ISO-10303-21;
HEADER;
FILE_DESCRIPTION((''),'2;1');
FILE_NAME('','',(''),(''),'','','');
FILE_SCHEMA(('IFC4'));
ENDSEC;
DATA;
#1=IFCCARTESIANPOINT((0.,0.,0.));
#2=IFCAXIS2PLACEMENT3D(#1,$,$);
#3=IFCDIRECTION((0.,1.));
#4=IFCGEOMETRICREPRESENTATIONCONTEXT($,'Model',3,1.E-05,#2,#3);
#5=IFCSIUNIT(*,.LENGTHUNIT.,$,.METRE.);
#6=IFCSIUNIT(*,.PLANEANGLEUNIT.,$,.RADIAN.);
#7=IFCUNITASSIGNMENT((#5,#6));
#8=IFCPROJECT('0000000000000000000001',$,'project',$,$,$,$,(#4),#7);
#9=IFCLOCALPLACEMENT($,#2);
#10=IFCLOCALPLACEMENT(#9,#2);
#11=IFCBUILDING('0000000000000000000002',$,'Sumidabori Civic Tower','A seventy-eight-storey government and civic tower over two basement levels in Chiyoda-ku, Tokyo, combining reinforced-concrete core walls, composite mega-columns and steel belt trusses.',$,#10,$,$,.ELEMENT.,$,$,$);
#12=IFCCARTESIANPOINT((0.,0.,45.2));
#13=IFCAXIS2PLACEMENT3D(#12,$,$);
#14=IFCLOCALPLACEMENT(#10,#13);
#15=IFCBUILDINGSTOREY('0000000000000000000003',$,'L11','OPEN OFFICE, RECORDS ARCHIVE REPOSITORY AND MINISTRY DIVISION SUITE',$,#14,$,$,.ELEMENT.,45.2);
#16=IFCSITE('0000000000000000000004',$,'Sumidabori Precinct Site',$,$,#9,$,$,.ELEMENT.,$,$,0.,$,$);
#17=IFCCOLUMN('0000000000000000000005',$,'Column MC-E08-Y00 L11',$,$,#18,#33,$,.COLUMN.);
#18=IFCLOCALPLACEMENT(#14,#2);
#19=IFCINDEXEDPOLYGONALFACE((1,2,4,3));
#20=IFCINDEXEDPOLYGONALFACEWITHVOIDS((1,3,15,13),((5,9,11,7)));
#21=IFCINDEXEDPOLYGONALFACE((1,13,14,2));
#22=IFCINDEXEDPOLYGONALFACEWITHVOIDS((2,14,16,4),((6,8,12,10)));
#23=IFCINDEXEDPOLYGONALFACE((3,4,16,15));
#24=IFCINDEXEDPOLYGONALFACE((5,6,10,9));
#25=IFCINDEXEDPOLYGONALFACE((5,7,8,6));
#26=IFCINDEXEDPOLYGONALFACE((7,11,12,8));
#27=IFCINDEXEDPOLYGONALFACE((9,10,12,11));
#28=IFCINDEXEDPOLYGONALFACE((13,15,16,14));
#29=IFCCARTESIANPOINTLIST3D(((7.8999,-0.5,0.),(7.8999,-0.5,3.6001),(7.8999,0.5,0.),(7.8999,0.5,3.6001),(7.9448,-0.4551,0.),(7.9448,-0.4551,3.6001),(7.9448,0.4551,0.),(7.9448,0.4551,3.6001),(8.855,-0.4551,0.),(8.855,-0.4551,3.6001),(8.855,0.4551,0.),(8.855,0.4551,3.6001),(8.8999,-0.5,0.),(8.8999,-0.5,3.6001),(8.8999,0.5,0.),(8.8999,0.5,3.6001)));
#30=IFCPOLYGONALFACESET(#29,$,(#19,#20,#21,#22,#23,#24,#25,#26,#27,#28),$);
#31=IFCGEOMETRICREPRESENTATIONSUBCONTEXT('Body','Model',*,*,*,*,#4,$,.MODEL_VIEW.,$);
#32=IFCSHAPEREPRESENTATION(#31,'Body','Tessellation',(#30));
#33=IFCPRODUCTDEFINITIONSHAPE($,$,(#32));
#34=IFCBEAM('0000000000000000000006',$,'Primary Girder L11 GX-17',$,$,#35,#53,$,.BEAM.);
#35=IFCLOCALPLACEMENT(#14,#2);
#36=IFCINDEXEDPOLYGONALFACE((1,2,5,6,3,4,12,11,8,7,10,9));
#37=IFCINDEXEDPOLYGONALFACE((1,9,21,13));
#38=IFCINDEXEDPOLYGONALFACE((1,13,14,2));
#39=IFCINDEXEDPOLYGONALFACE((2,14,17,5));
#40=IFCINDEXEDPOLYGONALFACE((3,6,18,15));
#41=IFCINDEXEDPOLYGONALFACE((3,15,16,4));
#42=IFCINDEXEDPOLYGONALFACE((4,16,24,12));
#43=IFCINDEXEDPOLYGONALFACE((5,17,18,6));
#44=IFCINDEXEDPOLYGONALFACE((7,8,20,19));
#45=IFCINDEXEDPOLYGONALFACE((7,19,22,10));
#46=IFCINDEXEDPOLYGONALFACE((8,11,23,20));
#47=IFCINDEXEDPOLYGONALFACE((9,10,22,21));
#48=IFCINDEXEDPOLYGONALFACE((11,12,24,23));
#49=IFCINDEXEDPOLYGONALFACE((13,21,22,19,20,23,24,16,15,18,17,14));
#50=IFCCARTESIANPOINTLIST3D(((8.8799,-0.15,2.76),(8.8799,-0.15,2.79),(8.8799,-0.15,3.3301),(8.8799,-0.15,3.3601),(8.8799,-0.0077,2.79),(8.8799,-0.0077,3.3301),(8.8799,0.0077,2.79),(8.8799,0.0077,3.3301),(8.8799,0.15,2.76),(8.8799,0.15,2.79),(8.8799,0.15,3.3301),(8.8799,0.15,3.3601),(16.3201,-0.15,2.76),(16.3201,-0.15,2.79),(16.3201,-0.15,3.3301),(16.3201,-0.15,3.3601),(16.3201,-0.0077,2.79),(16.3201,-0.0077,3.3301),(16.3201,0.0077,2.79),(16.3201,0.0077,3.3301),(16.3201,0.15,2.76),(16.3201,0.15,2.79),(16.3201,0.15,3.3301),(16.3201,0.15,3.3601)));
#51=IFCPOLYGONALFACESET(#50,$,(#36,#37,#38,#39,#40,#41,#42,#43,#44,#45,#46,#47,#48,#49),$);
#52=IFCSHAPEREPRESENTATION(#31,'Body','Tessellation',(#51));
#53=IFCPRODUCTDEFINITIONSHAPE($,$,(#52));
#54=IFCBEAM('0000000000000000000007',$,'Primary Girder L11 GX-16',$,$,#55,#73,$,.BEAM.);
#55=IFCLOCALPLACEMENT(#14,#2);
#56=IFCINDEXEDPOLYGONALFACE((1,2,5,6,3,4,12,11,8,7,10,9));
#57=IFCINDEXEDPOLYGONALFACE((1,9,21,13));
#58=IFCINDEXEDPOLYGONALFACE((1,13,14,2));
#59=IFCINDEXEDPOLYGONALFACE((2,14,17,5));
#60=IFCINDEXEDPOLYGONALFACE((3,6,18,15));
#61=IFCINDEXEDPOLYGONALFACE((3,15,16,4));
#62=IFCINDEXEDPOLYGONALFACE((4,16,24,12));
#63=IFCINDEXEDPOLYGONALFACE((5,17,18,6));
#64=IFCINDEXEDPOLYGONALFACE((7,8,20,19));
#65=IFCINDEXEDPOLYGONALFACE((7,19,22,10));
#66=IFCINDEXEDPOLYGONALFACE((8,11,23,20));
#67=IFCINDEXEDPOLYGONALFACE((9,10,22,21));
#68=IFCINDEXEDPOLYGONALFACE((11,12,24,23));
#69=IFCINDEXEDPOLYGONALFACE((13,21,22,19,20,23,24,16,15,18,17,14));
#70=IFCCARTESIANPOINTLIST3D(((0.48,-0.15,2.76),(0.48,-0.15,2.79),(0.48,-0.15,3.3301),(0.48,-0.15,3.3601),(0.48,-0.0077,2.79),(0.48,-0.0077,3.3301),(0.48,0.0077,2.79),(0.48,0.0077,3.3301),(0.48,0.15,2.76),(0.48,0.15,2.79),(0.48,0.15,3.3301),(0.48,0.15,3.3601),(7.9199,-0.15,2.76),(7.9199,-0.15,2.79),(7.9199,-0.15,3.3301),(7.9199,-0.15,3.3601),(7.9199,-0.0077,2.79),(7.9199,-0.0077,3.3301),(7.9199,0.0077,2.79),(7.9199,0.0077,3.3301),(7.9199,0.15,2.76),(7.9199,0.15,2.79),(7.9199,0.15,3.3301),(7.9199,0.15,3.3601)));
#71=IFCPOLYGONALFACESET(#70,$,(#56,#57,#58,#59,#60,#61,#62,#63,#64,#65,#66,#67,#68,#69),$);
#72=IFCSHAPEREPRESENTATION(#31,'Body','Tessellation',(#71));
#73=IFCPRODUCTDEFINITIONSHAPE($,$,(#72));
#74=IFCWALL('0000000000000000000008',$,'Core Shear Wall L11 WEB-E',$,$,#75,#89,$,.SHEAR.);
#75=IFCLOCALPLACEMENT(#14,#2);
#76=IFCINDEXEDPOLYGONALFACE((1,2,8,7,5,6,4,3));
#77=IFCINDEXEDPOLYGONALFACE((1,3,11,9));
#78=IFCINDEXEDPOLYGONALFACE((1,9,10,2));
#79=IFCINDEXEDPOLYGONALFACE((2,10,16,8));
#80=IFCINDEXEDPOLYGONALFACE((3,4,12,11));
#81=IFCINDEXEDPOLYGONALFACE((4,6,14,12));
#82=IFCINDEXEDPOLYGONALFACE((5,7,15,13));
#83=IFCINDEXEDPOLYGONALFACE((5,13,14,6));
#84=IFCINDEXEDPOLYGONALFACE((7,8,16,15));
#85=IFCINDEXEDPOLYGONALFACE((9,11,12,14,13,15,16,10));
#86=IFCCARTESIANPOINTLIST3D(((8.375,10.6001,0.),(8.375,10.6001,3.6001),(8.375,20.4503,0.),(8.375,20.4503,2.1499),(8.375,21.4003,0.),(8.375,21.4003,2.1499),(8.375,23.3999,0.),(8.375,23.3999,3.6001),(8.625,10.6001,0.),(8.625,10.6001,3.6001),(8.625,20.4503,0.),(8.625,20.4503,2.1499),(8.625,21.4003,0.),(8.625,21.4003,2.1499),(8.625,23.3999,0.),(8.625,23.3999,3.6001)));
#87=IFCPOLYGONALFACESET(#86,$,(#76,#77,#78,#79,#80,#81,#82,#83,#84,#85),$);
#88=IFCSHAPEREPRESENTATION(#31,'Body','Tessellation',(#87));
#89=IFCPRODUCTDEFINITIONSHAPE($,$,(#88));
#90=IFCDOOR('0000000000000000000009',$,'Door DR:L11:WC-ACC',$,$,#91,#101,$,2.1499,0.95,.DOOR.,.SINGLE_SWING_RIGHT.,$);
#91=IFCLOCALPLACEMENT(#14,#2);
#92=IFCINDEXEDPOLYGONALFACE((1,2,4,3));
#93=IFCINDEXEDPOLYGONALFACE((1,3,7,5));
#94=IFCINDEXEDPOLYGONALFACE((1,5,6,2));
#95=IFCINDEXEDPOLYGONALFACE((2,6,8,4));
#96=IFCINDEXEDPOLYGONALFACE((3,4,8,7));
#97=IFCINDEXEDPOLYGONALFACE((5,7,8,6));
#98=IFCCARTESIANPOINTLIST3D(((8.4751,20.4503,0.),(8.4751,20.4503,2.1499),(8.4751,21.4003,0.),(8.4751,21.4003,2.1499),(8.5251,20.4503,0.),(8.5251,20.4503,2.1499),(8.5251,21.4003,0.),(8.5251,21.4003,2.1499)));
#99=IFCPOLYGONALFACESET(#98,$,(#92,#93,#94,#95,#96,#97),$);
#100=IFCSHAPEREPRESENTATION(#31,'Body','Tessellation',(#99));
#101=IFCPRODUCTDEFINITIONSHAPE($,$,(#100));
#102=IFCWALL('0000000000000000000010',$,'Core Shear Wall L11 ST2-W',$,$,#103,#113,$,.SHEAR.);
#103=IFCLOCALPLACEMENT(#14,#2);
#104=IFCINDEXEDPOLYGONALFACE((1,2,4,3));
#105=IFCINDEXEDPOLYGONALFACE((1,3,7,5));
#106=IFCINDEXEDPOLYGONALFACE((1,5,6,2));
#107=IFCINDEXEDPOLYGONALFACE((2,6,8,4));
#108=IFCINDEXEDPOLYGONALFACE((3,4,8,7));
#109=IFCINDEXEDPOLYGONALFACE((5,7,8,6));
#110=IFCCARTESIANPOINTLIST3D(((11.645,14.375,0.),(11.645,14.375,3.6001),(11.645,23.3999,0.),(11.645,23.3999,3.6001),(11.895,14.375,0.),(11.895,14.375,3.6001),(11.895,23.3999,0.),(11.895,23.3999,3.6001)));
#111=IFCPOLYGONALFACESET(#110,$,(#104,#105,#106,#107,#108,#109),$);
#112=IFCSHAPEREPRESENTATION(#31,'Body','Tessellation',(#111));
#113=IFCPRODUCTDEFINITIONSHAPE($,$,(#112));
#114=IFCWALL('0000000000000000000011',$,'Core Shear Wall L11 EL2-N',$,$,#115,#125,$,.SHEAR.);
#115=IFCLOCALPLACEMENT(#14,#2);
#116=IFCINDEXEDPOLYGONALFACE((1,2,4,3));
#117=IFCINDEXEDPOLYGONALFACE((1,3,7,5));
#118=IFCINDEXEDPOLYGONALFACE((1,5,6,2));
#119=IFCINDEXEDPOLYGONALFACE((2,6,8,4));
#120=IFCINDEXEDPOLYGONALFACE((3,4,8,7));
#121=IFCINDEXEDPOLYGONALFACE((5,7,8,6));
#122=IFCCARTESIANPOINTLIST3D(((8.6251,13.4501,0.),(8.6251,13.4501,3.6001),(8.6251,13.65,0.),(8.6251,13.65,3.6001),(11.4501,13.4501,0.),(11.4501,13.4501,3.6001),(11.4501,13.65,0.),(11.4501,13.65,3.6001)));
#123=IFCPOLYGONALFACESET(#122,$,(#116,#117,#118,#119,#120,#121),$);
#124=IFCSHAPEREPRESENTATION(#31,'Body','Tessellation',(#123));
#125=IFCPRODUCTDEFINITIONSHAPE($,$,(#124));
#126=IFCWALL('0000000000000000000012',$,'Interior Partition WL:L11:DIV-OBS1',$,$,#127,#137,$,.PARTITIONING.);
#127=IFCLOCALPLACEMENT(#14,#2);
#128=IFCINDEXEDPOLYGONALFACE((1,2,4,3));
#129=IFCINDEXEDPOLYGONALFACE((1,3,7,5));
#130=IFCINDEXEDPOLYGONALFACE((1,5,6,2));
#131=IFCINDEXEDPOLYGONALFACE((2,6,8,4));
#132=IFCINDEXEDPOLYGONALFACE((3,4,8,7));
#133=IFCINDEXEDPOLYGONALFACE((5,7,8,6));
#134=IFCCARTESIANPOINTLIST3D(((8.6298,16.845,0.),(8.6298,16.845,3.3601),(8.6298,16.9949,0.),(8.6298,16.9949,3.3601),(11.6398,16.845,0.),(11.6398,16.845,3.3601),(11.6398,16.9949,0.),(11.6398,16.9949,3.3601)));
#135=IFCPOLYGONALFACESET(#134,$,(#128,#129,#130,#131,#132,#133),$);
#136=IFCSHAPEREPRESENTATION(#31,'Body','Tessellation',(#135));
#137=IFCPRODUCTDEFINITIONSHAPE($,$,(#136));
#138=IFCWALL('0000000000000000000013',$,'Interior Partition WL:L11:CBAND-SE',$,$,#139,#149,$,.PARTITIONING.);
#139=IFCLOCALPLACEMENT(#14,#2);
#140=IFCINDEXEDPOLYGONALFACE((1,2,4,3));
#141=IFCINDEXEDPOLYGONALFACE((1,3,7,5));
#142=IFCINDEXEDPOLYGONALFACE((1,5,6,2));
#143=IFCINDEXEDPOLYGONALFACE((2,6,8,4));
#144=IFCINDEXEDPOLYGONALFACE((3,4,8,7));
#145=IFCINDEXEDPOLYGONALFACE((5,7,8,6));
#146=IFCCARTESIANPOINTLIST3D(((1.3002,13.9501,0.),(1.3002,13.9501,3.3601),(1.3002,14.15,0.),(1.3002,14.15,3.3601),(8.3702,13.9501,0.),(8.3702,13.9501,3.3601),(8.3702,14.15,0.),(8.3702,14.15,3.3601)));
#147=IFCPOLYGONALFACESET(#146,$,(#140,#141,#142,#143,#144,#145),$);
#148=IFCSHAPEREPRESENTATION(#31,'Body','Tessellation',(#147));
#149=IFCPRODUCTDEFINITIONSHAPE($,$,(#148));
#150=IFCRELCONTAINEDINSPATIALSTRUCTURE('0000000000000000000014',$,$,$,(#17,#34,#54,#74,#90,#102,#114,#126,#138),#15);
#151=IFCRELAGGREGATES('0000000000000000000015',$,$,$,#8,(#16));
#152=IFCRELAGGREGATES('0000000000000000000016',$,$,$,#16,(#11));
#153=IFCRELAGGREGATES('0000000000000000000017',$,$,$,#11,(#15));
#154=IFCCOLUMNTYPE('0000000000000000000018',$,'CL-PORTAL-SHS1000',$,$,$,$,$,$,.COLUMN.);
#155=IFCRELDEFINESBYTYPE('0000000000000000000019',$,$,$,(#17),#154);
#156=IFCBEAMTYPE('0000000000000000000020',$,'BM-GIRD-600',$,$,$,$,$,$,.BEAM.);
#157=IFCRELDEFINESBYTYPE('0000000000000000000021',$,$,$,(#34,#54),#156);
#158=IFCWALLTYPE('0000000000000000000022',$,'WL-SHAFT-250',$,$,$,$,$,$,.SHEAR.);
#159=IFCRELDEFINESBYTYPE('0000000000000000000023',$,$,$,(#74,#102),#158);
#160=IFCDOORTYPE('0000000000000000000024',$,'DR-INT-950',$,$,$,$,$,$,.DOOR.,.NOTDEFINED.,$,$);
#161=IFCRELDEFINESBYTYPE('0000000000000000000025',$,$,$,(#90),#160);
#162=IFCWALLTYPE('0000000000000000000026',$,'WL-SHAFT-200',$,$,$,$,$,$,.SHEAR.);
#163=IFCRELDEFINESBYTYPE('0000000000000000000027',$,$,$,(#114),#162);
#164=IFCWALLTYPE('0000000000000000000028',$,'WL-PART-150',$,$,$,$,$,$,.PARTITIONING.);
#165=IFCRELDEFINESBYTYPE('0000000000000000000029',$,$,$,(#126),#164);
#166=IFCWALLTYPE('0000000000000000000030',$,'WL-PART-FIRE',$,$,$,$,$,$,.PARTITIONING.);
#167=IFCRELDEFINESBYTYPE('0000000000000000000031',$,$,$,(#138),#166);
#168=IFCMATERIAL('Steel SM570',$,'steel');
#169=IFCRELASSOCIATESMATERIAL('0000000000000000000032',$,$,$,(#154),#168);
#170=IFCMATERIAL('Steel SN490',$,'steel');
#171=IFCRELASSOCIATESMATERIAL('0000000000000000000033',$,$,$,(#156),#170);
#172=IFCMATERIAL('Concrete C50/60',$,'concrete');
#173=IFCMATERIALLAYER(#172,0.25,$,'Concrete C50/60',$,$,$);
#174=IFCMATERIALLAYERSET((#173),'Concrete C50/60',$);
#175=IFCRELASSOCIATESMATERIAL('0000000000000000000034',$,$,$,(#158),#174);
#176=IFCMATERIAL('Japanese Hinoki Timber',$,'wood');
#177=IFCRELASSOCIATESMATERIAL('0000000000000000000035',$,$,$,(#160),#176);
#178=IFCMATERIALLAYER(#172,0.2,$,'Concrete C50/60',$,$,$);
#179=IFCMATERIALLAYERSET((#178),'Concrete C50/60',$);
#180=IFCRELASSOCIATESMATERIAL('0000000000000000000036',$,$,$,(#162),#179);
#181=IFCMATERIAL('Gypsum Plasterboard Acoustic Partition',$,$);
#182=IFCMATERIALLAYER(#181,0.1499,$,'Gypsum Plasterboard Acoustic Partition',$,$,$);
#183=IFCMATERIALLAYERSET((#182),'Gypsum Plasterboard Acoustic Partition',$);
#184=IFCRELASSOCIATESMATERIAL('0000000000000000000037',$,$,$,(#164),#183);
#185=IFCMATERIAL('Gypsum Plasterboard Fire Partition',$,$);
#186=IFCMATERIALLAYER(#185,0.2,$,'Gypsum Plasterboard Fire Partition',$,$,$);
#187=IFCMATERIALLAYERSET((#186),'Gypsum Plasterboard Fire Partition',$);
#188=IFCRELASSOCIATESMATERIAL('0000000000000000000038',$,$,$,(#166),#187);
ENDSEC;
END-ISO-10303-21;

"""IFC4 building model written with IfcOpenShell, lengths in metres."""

from ifc_helpers import new_model, si_unit, direction, frame, frame_2d, origin, origin_2d, place, context, subcontext, project, spatial, rectangle, hollow_rectangle, i_section, extrude, source, transform, mapped, material, layer, layer_set, material_profile, profile_set, type_object, element, fill, save


model = new_model("IFC4")

# Units and contexts
model_context = context("Model", 3, precision=1e-05, world=origin(), true_north=direction((0.0, 1.0)))
body_context = subcontext(model_context, "Body", "Model", "MODEL_VIEW")
ifc_project = project(units=[si_unit("LENGTHUNIT", "METRE"), si_unit("PLANEANGLEUNIT", "RADIAN")], contexts=[model_context])

# Site, building, storey
site_placement = place(None, origin())
site = spatial("IfcSite", under=ifc_project, at=site_placement, Name="Sumidabori Precinct Site", CompositionType="ELEMENT", RefElevation=0.0)
building_placement = place(site_placement, origin())
building = spatial("IfcBuilding", under=site, at=building_placement, Name="Sumidabori Civic Tower", Description="A seventy-eight-storey government and civic tower over two basement levels in Chiyoda-ku, Tokyo, combining reinforced-concrete core walls, composite mega-columns and steel belt trusses.", CompositionType="ELEMENT")
storey_placement = place(building_placement, frame((0.0, 0.0, 45.2)))
storey = spatial("IfcBuildingStorey", under=building, at=storey_placement, Name="L11", Description="OPEN OFFICE, RECORDS ARCHIVE REPOSITORY AND MINISTRY DIVISION SUITE", CompositionType="ELEMENT", Elevation=45.2)

# Column
ifc_material_1 = material(Name="Steel SM570", Category="steel")
ifc_material_profile_1 = material_profile(ifc_material_1, hollow_rectangle(XDim=1.0, YDim=1.0, WallThickness=0.0449, at=origin_2d()), Name="SHS 1000x1000x45")
ifc_profile_set_1 = profile_set([ifc_material_profile_1], Name="Steel SM570")
column_type = type_object("IfcColumnType", Name="CL-PORTAL-SHS1000", PredefinedType="COLUMN", material=ifc_profile_set_1)
shared_shape_1 = source(origin(), body_context, "Body", "SweptSolid", [
    extrude(hollow_rectangle(XDim=1.0, YDim=1.0, WallThickness=0.0449, at=origin_2d()), origin(), (0.0, 0.0, 1.0), 3.6001),
])
column_placement = place(storey_placement, frame((8.3999, 0.0, 0.0), z_axis=(0.0, 0.0, 1.0), x_axis=(1.0, 0.0, 0.0)))
element("IfcColumn", 1, at=column_placement, inside=storey, type_object=column_type, Name="Column MC-E08-Y00 L11", PredefinedType="COLUMN", context=body_context, shape_type="MappedRepresentation", body=[
    mapped(shared_shape_1, transform((0.0, 0.0, 0.0), x_axis=(1.0, 0.0, 0.0), y_axis=(0.0, 1.0, 0.0), z_axis=(0.0, 0.0, 1.0), scale=1.0)),
])

# Beams
ifc_material_2 = material(Name="Steel SN490", Category="steel")
ifc_material_profile_2 = material_profile(ifc_material_2, i_section(OverallWidth=0.3, OverallDepth=0.6001, WebThickness=0.0154, FlangeThickness=0.03, at=origin_2d()), Name="HE 600 B")
ifc_profile_set_2 = profile_set([ifc_material_profile_2], Name="Steel SN490")
beam_type = type_object("IfcBeamType", Name="BM-GIRD-600", PredefinedType="BEAM", material=ifc_profile_set_2)
shared_shape_2 = source(origin(), body_context, "Body", "SweptSolid", [
    extrude(i_section(OverallWidth=0.3, OverallDepth=0.6001, WebThickness=0.0154, FlangeThickness=0.03, at=origin_2d()), origin(), (0.0, 0.0, 1.0), 7.4402),
])
beam_1_placement = place(storey_placement, frame((8.8799, 0.0, 3.0601), z_axis=(1.0, 0.0, 0.0), x_axis=(0.0, 1.0, 0.0)))
element("IfcBeam", 2, at=beam_1_placement, inside=storey, type_object=beam_type, Name="Primary Girder L11 GX-17", PredefinedType="BEAM", context=body_context, shape_type="MappedRepresentation", body=[
    mapped(shared_shape_2, transform((0.0, 0.0, 0.0), x_axis=(1.0, 0.0, 0.0), y_axis=(0.0, 1.0, 0.0), z_axis=(0.0, 0.0, 1.0), scale=1.0)),
])
shared_shape_3 = source(origin(), body_context, "Body", "SweptSolid", [
    extrude(i_section(OverallWidth=0.3, OverallDepth=0.6001, WebThickness=0.0154, FlangeThickness=0.03, at=origin_2d()), origin(), (0.0, 0.0, 1.0), 7.4399),
])
beam_2_placement = place(storey_placement, frame((0.48, 0.0, 3.0601), z_axis=(1.0, 0.0, 0.0), x_axis=(0.0, 1.0, 0.0)))
element("IfcBeam", 3, at=beam_2_placement, inside=storey, type_object=beam_type, Name="Primary Girder L11 GX-16", PredefinedType="BEAM", context=body_context, shape_type="MappedRepresentation", body=[
    mapped(shared_shape_3, transform((0.0, 0.0, 0.0), x_axis=(1.0, 0.0, 0.0), y_axis=(0.0, 1.0, 0.0), z_axis=(0.0, 0.0, 1.0), scale=1.0)),
])

# Wall, opening, door
ifc_material_3 = material(Name="Concrete C50/60", Category="concrete")
ifc_layer_1 = layer(ifc_material_3, 0.25, Name="Concrete C50/60")
ifc_layer_set_1 = layer_set([ifc_layer_1], Name="Concrete C50/60")
wall_type_1 = type_object("IfcWallType", Name="WL-SHAFT-250", PredefinedType="SHEAR", material=ifc_layer_set_1)
shared_shape_4 = source(origin(), body_context, "Body", "SweptSolid", [
    extrude(rectangle(XDim=12.7998, YDim=0.25, at=frame_2d((6.3999, 0.0))), origin(), (0.0, 0.0, 1.0), 3.6001),
])
wall_1_placement = place(storey_placement, frame((8.5, 10.6001, 0.0), z_axis=(0.0, 0.0, 1.0), x_axis=(0.0, 1.0, 0.0)))
wall_1 = element("IfcWall", 4, at=wall_1_placement, inside=storey, type_object=wall_type_1, Name="Core Shear Wall L11 WEB-E", PredefinedType="SHEAR", context=body_context, shape_type="MappedRepresentation", body=[
    mapped(shared_shape_4, transform((0.0, 0.0, 0.0), x_axis=(1.0, 0.0, 0.0), y_axis=(0.0, 1.0, 0.0), z_axis=(0.0, 0.0, 1.0), scale=1.0)),
])
opening_1_placement = place(wall_1_placement, frame((9.8501, 0.0, 0.0)))
opening_1 = element("IfcOpeningElement", 5, at=opening_1_placement, cuts=wall_1, PredefinedType="OPENING", context=body_context, shape_type="SweptSolid", body=[
    extrude(rectangle(XDim=0.95, YDim=2.1499, at=frame_2d((0.4751, 1.075))), frame((0.0, 0.137, 0.0), z_axis=(0.0, -1.0, 0.0), x_axis=(1.0, 0.0, 0.0)), (0.0, 0.0, 1.0), 0.2739),
])
ifc_material_4 = material(Name="Japanese Hinoki Timber", Category="wood")
door_type_1 = type_object("IfcDoorType", Name="DR-INT-950", OperationType="NOTDEFINED", PredefinedType="DOOR", material=ifc_material_4)
shared_shape_5 = source(origin(), body_context, "Body", "SweptSolid", [
    extrude(rectangle(XDim=0.95, YDim=2.1499, at=frame_2d((0.4751, 1.075))), frame((0.0, 0.0249, 0.0), z_axis=(0.0, -1.0, 0.0), x_axis=(1.0, 0.0, 0.0)), (0.0, 0.0, 1.0), 0.05),
])
door_1_placement = place(opening_1_placement, origin())
door_1 = element("IfcDoor", 6, at=door_1_placement, inside=storey, type_object=door_type_1, Name="Door DR:L11:WC-ACC", OperationType="SINGLE_SWING_RIGHT", OverallHeight=2.1499, OverallWidth=0.95, PredefinedType="DOOR", context=body_context, shape_type="MappedRepresentation", body=[
    mapped(shared_shape_5, transform((0.0, 0.0, 0.0), x_axis=(1.0, 0.0, 0.0), y_axis=(0.0, 1.0, 0.0), z_axis=(0.0, 0.0, 1.0), scale=1.0)),
])
fill(opening_1, door_1)

# Wall
shared_shape_6 = source(origin(), body_context, "Body", "SweptSolid", [
    extrude(rectangle(XDim=9.0249, YDim=0.25, at=frame_2d((4.5125, 0.0))), origin(), (0.0, 0.0, 1.0), 3.6001),
])
wall_2_placement = place(storey_placement, frame((11.77, 14.375, 0.0), z_axis=(0.0, 0.0, 1.0), x_axis=(0.0, 1.0, 0.0)))
element("IfcWall", 7, at=wall_2_placement, inside=storey, type_object=wall_type_1, Name="Core Shear Wall L11 ST2-W", PredefinedType="SHEAR", context=body_context, shape_type="MappedRepresentation", body=[
    mapped(shared_shape_6, transform((0.0, 0.0, 0.0), x_axis=(1.0, 0.0, 0.0), y_axis=(0.0, 1.0, 0.0), z_axis=(0.0, 0.0, 1.0), scale=1.0)),
])

# Shared definitions
ifc_layer_2 = layer(ifc_material_3, 0.2, Name="Concrete C50/60")
ifc_layer_set_2 = layer_set([ifc_layer_2], Name="Concrete C50/60")
wall_type_2 = type_object("IfcWallType", Name="WL-SHAFT-200", PredefinedType="SHEAR", material=ifc_layer_set_2)

# Walls
shared_shape_7 = source(origin(), body_context, "Body", "SweptSolid", [
    extrude(rectangle(XDim=2.825, YDim=0.2, at=frame_2d((1.4126, 0.0))), origin(), (0.0, 0.0, 1.0), 3.6001),
])
wall_3_placement = place(storey_placement, frame((8.625, 13.55, 0.0), z_axis=(0.0, 0.0, 1.0), x_axis=(1.0, 0.0, 0.0)))
element("IfcWall", 8, at=wall_3_placement, inside=storey, type_object=wall_type_2, Name="Core Shear Wall L11 EL2-N", PredefinedType="SHEAR", context=body_context, shape_type="MappedRepresentation", body=[
    mapped(shared_shape_7, transform((0.0, 0.0, 0.0), x_axis=(1.0, 0.0, 0.0), y_axis=(0.0, 1.0, 0.0), z_axis=(0.0, 0.0, 1.0), scale=1.0)),
])
ifc_material_5 = material(Name="Gypsum Plasterboard Acoustic Partition")
ifc_layer_3 = layer(ifc_material_5, 0.1499, Name="Gypsum Plasterboard Acoustic Partition")
ifc_layer_set_3 = layer_set([ifc_layer_3], Name="Gypsum Plasterboard Acoustic Partition")
wall_type_3 = type_object("IfcWallType", Name="WL-PART-150", PredefinedType="PARTITIONING", material=ifc_layer_set_3)
shared_shape_8 = source(origin(), body_context, "Body", "SweptSolid", [
    extrude(rectangle(XDim=3.01, YDim=0.1499, at=frame_2d((1.5049, 0.0))), origin(), (0.0, 0.0, 1.0), 3.3601),
])
wall_4_placement = place(storey_placement, frame((8.6299, 16.9199, 0.0), z_axis=(0.0, 0.0, 1.0), x_axis=(1.0, 0.0, 0.0)))
element("IfcWall", 9, at=wall_4_placement, inside=storey, type_object=wall_type_3, Name="Interior Partition WL:L11:DIV-OBS1", PredefinedType="PARTITIONING", context=body_context, shape_type="MappedRepresentation", body=[
    mapped(shared_shape_8, transform((0.0, 0.0, 0.0), x_axis=(1.0, 0.0, 0.0), y_axis=(0.0, 1.0, 0.0), z_axis=(0.0, 0.0, 1.0), scale=1.0)),
])
ifc_material_6 = material(Name="Gypsum Plasterboard Fire Partition")
ifc_layer_4 = layer(ifc_material_6, 0.2, Name="Gypsum Plasterboard Fire Partition")
ifc_layer_set_4 = layer_set([ifc_layer_4], Name="Gypsum Plasterboard Fire Partition")
wall_type_4 = type_object("IfcWallType", Name="WL-PART-FIRE", PredefinedType="PARTITIONING", material=ifc_layer_set_4)
shared_shape_9 = source(origin(), body_context, "Body", "SweptSolid", [
    extrude(rectangle(XDim=7.0701, YDim=0.2, at=frame_2d((3.5352, 0.0))), origin(), (0.0, 0.0, 1.0), 3.3601),
])
wall_5_placement = place(storey_placement, frame((1.3, 14.05, 0.0), z_axis=(0.0, 0.0, 1.0), x_axis=(1.0, 0.0, 0.0)))
element("IfcWall", 10, at=wall_5_placement, inside=storey, type_object=wall_type_4, Name="Interior Partition WL:L11:CBAND-SE", PredefinedType="PARTITIONING", context=body_context, shape_type="MappedRepresentation", body=[
    mapped(shared_shape_9, transform((0.0, 0.0, 0.0), x_axis=(1.0, 0.0, 0.0), y_axis=(0.0, 1.0, 0.0), z_axis=(0.0, 0.0, 1.0), scale=1.0)),
])

save(model, "model.ifc")
